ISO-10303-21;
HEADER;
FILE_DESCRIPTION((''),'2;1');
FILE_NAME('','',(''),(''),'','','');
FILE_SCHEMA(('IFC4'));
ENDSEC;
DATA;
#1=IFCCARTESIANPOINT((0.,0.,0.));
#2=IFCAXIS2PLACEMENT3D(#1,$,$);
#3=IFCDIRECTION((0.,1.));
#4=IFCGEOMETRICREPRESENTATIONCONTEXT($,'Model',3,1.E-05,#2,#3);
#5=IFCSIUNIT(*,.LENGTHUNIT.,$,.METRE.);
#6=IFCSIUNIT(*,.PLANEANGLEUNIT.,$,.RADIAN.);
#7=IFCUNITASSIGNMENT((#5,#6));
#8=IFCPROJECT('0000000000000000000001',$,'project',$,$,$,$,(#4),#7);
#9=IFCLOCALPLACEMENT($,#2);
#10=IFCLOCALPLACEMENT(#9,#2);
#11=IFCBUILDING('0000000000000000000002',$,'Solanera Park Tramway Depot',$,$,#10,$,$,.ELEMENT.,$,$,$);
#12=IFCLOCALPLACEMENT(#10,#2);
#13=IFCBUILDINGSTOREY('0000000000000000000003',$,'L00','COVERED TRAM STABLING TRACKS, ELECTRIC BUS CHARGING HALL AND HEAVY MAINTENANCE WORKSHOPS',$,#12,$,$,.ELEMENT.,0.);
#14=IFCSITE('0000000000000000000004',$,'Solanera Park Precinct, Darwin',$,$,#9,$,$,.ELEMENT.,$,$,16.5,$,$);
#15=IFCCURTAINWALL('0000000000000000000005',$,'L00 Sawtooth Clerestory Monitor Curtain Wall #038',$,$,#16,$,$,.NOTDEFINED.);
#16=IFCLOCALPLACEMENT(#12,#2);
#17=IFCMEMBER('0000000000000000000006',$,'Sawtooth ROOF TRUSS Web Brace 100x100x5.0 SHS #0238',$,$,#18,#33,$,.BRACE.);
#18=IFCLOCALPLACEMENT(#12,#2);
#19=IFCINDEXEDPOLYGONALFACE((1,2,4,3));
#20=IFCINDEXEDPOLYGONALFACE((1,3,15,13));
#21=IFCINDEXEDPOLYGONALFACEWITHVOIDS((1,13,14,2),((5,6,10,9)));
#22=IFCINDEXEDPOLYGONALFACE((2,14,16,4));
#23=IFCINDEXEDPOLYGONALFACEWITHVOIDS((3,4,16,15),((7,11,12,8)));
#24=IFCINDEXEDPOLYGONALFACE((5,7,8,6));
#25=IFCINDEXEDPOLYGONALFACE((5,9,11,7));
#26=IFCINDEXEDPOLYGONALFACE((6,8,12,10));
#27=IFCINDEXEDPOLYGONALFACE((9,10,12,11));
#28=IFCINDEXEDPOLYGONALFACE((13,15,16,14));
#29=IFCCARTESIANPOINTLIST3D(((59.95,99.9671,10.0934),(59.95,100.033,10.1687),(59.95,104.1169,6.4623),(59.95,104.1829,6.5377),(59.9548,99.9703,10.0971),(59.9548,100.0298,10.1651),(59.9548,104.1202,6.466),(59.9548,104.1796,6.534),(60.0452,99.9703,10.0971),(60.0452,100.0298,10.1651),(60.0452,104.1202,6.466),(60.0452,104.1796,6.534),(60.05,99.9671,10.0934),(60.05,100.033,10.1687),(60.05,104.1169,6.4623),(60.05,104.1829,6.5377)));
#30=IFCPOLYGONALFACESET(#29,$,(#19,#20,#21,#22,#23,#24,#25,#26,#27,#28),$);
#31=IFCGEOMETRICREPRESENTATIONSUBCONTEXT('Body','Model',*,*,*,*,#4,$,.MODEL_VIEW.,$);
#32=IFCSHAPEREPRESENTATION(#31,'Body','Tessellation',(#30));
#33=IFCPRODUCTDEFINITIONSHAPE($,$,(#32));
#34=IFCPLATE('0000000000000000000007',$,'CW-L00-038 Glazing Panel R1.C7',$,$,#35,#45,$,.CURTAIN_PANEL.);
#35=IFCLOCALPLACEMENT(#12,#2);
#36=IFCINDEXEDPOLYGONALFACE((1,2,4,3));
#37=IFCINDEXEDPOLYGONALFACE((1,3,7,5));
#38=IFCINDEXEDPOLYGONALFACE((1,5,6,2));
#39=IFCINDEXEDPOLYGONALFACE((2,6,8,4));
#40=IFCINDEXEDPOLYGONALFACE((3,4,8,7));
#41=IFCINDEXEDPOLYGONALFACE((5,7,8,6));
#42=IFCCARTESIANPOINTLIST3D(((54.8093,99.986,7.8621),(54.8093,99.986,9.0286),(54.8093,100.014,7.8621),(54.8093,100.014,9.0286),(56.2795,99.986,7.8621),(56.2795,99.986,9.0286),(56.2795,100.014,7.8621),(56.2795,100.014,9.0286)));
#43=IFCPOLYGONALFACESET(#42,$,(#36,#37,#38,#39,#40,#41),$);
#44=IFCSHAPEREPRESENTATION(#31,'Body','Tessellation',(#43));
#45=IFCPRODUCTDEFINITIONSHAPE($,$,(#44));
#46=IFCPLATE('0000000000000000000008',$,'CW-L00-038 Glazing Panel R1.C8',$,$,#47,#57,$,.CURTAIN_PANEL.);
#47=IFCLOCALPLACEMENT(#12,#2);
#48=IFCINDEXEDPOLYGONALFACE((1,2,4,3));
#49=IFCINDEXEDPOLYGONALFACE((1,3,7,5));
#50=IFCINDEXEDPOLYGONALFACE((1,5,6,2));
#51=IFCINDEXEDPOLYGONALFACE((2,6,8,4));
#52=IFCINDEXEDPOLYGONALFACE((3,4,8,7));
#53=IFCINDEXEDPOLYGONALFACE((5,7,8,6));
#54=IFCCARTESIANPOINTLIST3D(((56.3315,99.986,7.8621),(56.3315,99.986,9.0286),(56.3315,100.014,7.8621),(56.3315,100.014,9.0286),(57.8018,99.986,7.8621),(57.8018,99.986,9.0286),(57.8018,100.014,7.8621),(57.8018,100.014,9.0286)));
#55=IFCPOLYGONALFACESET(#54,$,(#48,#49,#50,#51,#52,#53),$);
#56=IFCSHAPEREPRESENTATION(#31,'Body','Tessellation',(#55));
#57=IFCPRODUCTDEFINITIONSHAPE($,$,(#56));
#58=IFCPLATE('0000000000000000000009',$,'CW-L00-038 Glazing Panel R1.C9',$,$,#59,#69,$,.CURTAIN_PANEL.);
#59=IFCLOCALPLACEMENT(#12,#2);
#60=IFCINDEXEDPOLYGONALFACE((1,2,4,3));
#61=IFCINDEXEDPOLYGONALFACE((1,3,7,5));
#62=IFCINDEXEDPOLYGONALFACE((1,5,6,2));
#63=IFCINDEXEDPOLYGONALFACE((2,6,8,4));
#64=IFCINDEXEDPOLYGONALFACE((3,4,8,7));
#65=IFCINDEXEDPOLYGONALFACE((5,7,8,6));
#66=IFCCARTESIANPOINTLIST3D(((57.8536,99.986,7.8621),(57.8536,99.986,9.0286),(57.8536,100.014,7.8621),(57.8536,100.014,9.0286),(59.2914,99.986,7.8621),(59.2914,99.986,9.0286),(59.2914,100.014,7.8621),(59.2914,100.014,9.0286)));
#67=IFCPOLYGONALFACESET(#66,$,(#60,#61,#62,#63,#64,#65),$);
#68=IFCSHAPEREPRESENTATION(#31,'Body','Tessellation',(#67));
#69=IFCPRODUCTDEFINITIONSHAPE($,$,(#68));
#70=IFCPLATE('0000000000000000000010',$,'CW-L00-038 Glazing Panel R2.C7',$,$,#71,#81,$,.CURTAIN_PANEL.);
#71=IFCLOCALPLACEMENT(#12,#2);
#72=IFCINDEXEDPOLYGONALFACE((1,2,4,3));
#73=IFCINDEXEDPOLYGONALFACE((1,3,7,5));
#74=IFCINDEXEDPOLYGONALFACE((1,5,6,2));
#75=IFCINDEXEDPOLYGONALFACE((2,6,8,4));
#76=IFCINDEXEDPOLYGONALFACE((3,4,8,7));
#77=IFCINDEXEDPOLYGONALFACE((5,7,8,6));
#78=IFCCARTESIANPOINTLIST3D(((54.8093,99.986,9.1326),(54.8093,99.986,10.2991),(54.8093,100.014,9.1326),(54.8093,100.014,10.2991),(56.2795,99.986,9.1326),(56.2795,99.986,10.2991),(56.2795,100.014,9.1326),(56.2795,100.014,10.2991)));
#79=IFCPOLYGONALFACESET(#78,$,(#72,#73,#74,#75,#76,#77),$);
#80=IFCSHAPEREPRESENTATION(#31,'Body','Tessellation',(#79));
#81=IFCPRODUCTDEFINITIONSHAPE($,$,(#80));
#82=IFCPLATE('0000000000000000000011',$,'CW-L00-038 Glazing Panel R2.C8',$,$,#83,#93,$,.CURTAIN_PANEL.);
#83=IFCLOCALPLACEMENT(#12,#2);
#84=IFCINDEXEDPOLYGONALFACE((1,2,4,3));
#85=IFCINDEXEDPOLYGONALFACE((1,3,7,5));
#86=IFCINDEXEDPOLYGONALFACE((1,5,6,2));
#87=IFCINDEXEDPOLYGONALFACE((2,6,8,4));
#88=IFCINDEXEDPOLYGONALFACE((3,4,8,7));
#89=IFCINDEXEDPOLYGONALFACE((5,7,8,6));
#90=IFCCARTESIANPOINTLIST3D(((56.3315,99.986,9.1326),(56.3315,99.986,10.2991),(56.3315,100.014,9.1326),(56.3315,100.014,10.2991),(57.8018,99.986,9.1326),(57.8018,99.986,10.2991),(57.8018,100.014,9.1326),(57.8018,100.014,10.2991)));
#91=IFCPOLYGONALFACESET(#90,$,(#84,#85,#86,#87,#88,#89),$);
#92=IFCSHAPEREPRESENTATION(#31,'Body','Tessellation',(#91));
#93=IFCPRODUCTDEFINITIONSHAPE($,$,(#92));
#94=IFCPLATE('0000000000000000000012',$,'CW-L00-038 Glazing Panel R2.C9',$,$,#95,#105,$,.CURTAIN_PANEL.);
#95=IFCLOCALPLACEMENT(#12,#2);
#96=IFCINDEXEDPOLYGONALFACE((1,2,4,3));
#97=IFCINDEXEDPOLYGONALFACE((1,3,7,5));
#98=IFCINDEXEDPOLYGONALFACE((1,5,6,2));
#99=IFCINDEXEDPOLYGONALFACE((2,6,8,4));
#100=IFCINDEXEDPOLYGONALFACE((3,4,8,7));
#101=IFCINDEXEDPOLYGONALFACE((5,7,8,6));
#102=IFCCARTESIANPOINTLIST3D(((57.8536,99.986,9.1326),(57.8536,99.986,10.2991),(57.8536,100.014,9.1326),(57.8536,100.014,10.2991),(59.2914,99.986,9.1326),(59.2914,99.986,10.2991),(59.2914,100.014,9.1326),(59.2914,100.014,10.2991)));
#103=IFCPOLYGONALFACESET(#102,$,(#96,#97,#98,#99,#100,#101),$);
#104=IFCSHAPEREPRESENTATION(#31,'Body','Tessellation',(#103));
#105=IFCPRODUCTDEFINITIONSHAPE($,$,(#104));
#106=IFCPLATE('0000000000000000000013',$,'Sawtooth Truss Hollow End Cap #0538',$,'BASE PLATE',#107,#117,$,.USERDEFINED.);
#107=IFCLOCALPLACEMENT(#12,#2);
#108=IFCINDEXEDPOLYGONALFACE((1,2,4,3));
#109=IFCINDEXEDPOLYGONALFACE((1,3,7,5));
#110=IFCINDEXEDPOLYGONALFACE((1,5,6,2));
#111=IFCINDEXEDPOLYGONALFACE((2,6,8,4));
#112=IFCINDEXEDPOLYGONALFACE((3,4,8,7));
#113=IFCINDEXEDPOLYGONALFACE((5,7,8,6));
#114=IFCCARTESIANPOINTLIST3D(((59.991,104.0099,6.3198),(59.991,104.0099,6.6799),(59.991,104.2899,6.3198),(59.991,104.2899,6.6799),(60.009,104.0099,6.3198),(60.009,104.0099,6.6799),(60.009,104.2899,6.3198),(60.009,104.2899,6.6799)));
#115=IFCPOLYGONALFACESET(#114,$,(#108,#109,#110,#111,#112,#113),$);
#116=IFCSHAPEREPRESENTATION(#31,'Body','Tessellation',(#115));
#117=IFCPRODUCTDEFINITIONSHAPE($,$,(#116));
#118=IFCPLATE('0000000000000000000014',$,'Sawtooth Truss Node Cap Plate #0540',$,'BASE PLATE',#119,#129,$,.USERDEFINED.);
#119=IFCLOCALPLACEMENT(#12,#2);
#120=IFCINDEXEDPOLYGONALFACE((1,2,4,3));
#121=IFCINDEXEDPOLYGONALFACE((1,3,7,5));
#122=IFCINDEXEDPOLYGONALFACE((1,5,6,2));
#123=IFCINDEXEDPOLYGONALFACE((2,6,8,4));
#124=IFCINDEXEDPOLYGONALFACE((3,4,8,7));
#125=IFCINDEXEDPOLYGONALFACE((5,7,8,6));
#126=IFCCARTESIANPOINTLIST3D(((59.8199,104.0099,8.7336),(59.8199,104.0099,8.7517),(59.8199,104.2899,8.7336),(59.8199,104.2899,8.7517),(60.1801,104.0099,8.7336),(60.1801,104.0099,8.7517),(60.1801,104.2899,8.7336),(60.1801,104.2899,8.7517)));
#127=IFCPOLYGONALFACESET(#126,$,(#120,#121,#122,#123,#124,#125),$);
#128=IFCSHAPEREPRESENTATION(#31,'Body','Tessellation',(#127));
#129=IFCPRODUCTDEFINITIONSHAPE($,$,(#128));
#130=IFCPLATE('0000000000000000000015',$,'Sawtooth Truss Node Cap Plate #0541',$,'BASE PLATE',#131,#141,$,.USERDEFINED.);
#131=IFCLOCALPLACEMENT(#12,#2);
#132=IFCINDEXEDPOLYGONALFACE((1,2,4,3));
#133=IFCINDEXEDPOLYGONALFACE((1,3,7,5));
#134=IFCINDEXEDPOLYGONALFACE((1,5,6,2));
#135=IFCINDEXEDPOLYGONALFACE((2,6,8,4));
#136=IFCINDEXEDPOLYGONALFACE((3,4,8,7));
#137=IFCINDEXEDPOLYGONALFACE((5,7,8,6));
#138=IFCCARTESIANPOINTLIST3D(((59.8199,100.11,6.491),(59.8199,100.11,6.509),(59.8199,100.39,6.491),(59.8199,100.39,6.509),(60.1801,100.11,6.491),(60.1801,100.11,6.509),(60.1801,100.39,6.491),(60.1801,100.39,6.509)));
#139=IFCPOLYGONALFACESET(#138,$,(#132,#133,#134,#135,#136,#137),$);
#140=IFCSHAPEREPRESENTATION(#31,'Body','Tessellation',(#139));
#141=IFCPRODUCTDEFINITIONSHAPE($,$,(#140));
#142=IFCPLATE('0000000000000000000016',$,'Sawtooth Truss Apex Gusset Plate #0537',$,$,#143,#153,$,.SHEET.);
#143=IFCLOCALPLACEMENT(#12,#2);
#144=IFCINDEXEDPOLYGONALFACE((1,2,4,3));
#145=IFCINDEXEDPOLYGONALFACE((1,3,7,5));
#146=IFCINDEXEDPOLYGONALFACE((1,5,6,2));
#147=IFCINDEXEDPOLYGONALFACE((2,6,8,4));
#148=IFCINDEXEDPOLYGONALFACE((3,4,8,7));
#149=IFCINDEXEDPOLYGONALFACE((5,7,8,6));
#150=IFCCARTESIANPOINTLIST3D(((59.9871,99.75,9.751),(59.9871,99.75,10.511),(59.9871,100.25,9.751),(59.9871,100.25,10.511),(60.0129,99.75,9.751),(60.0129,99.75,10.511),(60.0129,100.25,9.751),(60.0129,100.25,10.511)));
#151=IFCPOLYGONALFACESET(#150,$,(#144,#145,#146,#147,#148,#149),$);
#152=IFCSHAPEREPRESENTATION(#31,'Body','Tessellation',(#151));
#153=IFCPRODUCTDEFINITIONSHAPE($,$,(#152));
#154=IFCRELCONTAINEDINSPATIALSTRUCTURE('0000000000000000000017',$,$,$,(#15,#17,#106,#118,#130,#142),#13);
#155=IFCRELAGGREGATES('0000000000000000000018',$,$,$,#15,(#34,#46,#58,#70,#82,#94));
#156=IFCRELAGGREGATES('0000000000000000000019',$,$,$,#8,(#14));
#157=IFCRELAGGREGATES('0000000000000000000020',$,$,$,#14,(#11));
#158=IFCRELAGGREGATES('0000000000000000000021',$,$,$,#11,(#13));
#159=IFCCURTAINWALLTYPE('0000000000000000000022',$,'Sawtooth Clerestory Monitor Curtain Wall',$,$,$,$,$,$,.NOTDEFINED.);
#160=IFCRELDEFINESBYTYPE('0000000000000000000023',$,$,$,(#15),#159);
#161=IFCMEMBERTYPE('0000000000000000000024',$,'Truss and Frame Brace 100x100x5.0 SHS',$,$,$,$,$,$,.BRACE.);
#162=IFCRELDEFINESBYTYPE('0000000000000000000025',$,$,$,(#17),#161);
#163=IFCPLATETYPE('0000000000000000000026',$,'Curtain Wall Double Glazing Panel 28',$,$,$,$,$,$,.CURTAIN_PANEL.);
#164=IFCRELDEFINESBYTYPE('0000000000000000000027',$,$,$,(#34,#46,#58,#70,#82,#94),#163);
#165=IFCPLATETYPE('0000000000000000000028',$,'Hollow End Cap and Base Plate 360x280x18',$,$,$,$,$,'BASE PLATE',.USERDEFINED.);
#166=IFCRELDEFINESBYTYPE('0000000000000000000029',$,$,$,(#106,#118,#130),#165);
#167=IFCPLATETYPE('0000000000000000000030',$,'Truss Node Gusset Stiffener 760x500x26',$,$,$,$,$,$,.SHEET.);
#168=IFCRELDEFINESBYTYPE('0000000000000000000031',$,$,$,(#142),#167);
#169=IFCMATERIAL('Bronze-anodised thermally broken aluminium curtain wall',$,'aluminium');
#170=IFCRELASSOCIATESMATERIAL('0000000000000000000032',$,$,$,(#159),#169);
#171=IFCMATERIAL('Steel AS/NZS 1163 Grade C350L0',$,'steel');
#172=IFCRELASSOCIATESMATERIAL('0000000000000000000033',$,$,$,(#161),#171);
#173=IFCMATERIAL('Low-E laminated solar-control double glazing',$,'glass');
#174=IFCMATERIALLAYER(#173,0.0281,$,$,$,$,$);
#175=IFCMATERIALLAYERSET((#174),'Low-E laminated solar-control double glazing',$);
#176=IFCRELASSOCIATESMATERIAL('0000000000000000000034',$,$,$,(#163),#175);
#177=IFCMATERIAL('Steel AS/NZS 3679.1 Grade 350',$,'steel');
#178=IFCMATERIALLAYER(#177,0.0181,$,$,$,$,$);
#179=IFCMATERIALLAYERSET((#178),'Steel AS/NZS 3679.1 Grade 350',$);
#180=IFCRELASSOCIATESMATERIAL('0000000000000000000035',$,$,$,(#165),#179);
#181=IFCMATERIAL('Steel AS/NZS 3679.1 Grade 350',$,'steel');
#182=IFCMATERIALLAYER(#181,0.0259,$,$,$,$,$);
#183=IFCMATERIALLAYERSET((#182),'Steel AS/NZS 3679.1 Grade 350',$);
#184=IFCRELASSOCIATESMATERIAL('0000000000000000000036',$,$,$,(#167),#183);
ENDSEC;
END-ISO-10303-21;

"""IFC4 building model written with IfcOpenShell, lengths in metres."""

from ifc_helpers import new_model, si_unit, direction, frame, origin, origin_2d, place, context, subcontext, project, spatial, rectangle, hollow_rectangle, extrude, material, layer, layer_set, material_profile, profile_set, type_object, element, aggregate, save


model = new_model("IFC4")

# Units and contexts
model_context = context("Model", 3, precision=1e-05, world=origin(), true_north=direction((0.0, 1.0)))
body_context = subcontext(model_context, "Body", "Model", "MODEL_VIEW")
ifc_project = project(units=[si_unit("LENGTHUNIT", "METRE"), si_unit("PLANEANGLEUNIT", "RADIAN")], contexts=[model_context])

# Site, building, storey
site_placement = place(None, origin())
site = spatial("IfcSite", under=ifc_project, at=site_placement, Name="Solanera Park Precinct, Darwin", CompositionType="ELEMENT", RefElevation=16.5)
building_placement = place(site_placement, origin())
building = spatial("IfcBuilding", under=site, at=building_placement, Name="Solanera Park Tramway Depot", CompositionType="ELEMENT")
storey_placement = place(building_placement, origin())
storey = spatial("IfcBuildingStorey", under=building, at=storey_placement, Name="L00", Description="COVERED TRAM STABLING TRACKS, ELECTRIC BUS CHARGING HALL AND HEAVY MAINTENANCE WORKSHOPS", CompositionType="ELEMENT", Elevation=0.0)

# Curtain wall
ifc_material_1 = material(Name="Bronze-anodised thermally broken aluminium curtain wall", Category="aluminium")
curtain_wall_type = type_object("IfcCurtainWallType", Name="Sawtooth Clerestory Monitor Curtain Wall", PredefinedType="NOTDEFINED", material=ifc_material_1)
curtain_wall_1_placement = place(storey_placement, origin())
curtain_wall_1 = element("IfcCurtainWall", 1, at=curtain_wall_1_placement, inside=storey, type_object=curtain_wall_type, Name="L00 Sawtooth Clerestory Monitor Curtain Wall #038", PredefinedType="NOTDEFINED")

# Member
ifc_material_2 = material(Name="Steel AS/NZS 1163 Grade C350L0", Category="steel")
ifc_material_profile_1 = material_profile(ifc_material_2, hollow_rectangle(XDim=0.1001, YDim=0.1001, WallThickness=0.0049, at=origin_2d()), Name="100x100x5.0 SHS")
ifc_profile_set_1 = profile_set([ifc_material_profile_1], Name="Steel AS/NZS 1163 Grade C350L0")
member_type_1 = type_object("IfcMemberType", Name="Truss and Frame Brace 100x100x5.0 SHS", PredefinedType="BRACE", material=ifc_profile_set_1)
member_1_placement = place(storey_placement, frame((60.0, 104.1499, 6.5), z_axis=(0.0, -0.752582, 0.658498), x_axis=(1.0, 0.0, 0.0)))
element("IfcMember", 2, at=member_1_placement, inside=storey, type_object=member_type_1, Name="Sawtooth ROOF TRUSS Web Brace 100x100x5.0 SHS #0238", PredefinedType="BRACE", context=body_context, shape_type="SweptSolid", body=[
    extrude(hollow_rectangle(XDim=0.1001, YDim=0.1001, WallThickness=0.0049, at=origin_2d()), origin(), (0.0, 0.0, 1.0), 5.5142),
])

# Plates
ifc_material_3 = material(Name="Low-E laminated solar-control double glazing", Category="glass")
ifc_layer_1 = layer(ifc_material_3, 0.0281)
ifc_layer_set_1 = layer_set([ifc_layer_1], Name="Low-E laminated solar-control double glazing")
plate_type_1 = type_object("IfcPlateType", Name="Curtain Wall Double Glazing Panel 28", PredefinedType="CURTAIN_PANEL", material=ifc_layer_set_1)
plate_1_placement = place(storey_placement, frame((55.5444, 100.0, 7.8621), z_axis=(0.0, 0.0, 1.0), x_axis=(1.0, 0.0, 0.0)))
plate_1 = element("IfcPlate", 3, at=plate_1_placement, type_object=plate_type_1, Name="CW-L00-038 Glazing Panel R1.C7", PredefinedType="CURTAIN_PANEL", context=body_context, shape_type="SweptSolid", body=[
    extrude(rectangle(XDim=1.4702, YDim=0.0281, at=origin_2d()), origin(), (0.0, 0.0, 1.0), 1.1665),
])
plate_2_placement = place(storey_placement, frame((57.0667, 100.0, 7.8621), z_axis=(0.0, 0.0, 1.0), x_axis=(1.0, 0.0, 0.0)))
plate_2 = element("IfcPlate", 4, at=plate_2_placement, type_object=plate_type_1, Name="CW-L00-038 Glazing Panel R1.C8", PredefinedType="CURTAIN_PANEL", context=body_context, shape_type="SweptSolid", body=[
    extrude(rectangle(XDim=1.4702, YDim=0.0281, at=origin_2d()), origin(), (0.0, 0.0, 1.0), 1.1665),
])
plate_3_placement = place(storey_placement, frame((58.5725, 100.0, 7.8621), z_axis=(0.0, 0.0, 1.0), x_axis=(1.0, 0.0, 0.0)))
plate_3 = element("IfcPlate", 5, at=plate_3_placement, type_object=plate_type_1, Name="CW-L00-038 Glazing Panel R1.C9", PredefinedType="CURTAIN_PANEL", context=body_context, shape_type="SweptSolid", body=[
    extrude(rectangle(XDim=1.4377, YDim=0.0281, at=origin_2d()), origin(), (0.0, 0.0, 1.0), 1.1665),
])
plate_4_placement = place(storey_placement, frame((55.5444, 100.0, 9.1326), z_axis=(0.0, 0.0, 1.0), x_axis=(1.0, 0.0, 0.0)))
plate_4 = element("IfcPlate", 6, at=plate_4_placement, type_object=plate_type_1, Name="CW-L00-038 Glazing Panel R2.C7", PredefinedType="CURTAIN_PANEL", context=body_context, shape_type="SweptSolid", body=[
    extrude(rectangle(XDim=1.4702, YDim=0.0281, at=origin_2d()), origin(), (0.0, 0.0, 1.0), 1.1665),
])
plate_5_placement = place(storey_placement, frame((57.0667, 100.0, 9.1326), z_axis=(0.0, 0.0, 1.0), x_axis=(1.0, 0.0, 0.0)))
plate_5 = element("IfcPlate", 7, at=plate_5_placement, type_object=plate_type_1, Name="CW-L00-038 Glazing Panel R2.C8", PredefinedType="CURTAIN_PANEL", context=body_context, shape_type="SweptSolid", body=[
    extrude(rectangle(XDim=1.4702, YDim=0.0281, at=origin_2d()), origin(), (0.0, 0.0, 1.0), 1.1665),
])
plate_6_placement = place(storey_placement, frame((58.5725, 100.0, 9.1326), z_axis=(0.0, 0.0, 1.0), x_axis=(1.0, 0.0, 0.0)))
plate_6 = element("IfcPlate", 8, at=plate_6_placement, type_object=plate_type_1, Name="CW-L00-038 Glazing Panel R2.C9", PredefinedType="CURTAIN_PANEL", context=body_context, shape_type="SweptSolid", body=[
    extrude(rectangle(XDim=1.4377, YDim=0.0281, at=origin_2d()), origin(), (0.0, 0.0, 1.0), 1.1665),
])
aggregate(curtain_wall_1, [plate_1, plate_2, plate_3, plate_4, plate_5, plate_6])

# Plates
ifc_material_4 = material(Name="Steel AS/NZS 3679.1 Grade 350", Category="steel")
ifc_layer_2 = layer(ifc_material_4, 0.0181)
ifc_layer_set_2 = layer_set([ifc_layer_2], Name="Steel AS/NZS 3679.1 Grade 350")
plate_type_2 = type_object("IfcPlateType", Name="Hollow End Cap and Base Plate 360x280x18", ElementType="BASE PLATE", PredefinedType="USERDEFINED", material=ifc_layer_set_2)
plate_7_placement = place(storey_placement, frame((60.0, 104.1499, 6.3198), z_axis=(0.0, 0.0, 1.0), x_axis=(1.0, 0.0, 0.0)))
element("IfcPlate", 9, at=plate_7_placement, inside=storey, type_object=plate_type_2, Name="Sawtooth Truss Hollow End Cap #0538", ObjectType="BASE PLATE", PredefinedType="USERDEFINED", context=body_context, shape_type="SweptSolid", body=[
    extrude(rectangle(XDim=0.0181, YDim=0.28, at=origin_2d()), origin(), (0.0, 0.0, 1.0), 0.3601),
])
for number, where, z_axis, x_axis, name in (
    (10, (60.0, 104.1499, 8.7336), (0.0, 0.0, 1.0), (1.0, 0.0, 0.0), "Sawtooth Truss Node Cap Plate #0540"),
    (11, (60.0, 100.25, 6.491), (0.0, 0.0, 1.0), (1.0, 0.0, 0.0), "Sawtooth Truss Node Cap Plate #0541"),
):
    element("IfcPlate", number, at=place(storey_placement, frame(where, z_axis=z_axis, x_axis=x_axis)), inside=storey, type_object=plate_type_2, Name=name, ObjectType="BASE PLATE", PredefinedType="USERDEFINED", context=body_context, shape_type="SweptSolid", body=[
        extrude(rectangle(XDim=0.3601, YDim=0.28, at=origin_2d()), origin(), (0.0, 0.0, 1.0), 0.0181),
    ])
ifc_material_5 = material(Name="Steel AS/NZS 3679.1 Grade 350", Category="steel")
ifc_layer_3 = layer(ifc_material_5, 0.0259)
ifc_layer_set_3 = layer_set([ifc_layer_3], Name="Steel AS/NZS 3679.1 Grade 350")
plate_type_3 = type_object("IfcPlateType", Name="Truss Node Gusset Stiffener 760x500x26", PredefinedType="SHEET", material=ifc_layer_set_3)
plate_8_placement = place(storey_placement, frame((60.0, 100.0, 9.751), z_axis=(0.0, 0.0, 1.0), x_axis=(1.0, 0.0, 0.0)))
element("IfcPlate", 12, at=plate_8_placement, inside=storey, type_object=plate_type_3, Name="Sawtooth Truss Apex Gusset Plate #0537", PredefinedType="SHEET", context=body_context, shape_type="SweptSolid", body=[
    extrude(rectangle(XDim=0.0259, YDim=0.5, at=origin_2d()), origin(), (0.0, 0.0, 1.0), 0.76),
])

save(model, "model.ifc")
